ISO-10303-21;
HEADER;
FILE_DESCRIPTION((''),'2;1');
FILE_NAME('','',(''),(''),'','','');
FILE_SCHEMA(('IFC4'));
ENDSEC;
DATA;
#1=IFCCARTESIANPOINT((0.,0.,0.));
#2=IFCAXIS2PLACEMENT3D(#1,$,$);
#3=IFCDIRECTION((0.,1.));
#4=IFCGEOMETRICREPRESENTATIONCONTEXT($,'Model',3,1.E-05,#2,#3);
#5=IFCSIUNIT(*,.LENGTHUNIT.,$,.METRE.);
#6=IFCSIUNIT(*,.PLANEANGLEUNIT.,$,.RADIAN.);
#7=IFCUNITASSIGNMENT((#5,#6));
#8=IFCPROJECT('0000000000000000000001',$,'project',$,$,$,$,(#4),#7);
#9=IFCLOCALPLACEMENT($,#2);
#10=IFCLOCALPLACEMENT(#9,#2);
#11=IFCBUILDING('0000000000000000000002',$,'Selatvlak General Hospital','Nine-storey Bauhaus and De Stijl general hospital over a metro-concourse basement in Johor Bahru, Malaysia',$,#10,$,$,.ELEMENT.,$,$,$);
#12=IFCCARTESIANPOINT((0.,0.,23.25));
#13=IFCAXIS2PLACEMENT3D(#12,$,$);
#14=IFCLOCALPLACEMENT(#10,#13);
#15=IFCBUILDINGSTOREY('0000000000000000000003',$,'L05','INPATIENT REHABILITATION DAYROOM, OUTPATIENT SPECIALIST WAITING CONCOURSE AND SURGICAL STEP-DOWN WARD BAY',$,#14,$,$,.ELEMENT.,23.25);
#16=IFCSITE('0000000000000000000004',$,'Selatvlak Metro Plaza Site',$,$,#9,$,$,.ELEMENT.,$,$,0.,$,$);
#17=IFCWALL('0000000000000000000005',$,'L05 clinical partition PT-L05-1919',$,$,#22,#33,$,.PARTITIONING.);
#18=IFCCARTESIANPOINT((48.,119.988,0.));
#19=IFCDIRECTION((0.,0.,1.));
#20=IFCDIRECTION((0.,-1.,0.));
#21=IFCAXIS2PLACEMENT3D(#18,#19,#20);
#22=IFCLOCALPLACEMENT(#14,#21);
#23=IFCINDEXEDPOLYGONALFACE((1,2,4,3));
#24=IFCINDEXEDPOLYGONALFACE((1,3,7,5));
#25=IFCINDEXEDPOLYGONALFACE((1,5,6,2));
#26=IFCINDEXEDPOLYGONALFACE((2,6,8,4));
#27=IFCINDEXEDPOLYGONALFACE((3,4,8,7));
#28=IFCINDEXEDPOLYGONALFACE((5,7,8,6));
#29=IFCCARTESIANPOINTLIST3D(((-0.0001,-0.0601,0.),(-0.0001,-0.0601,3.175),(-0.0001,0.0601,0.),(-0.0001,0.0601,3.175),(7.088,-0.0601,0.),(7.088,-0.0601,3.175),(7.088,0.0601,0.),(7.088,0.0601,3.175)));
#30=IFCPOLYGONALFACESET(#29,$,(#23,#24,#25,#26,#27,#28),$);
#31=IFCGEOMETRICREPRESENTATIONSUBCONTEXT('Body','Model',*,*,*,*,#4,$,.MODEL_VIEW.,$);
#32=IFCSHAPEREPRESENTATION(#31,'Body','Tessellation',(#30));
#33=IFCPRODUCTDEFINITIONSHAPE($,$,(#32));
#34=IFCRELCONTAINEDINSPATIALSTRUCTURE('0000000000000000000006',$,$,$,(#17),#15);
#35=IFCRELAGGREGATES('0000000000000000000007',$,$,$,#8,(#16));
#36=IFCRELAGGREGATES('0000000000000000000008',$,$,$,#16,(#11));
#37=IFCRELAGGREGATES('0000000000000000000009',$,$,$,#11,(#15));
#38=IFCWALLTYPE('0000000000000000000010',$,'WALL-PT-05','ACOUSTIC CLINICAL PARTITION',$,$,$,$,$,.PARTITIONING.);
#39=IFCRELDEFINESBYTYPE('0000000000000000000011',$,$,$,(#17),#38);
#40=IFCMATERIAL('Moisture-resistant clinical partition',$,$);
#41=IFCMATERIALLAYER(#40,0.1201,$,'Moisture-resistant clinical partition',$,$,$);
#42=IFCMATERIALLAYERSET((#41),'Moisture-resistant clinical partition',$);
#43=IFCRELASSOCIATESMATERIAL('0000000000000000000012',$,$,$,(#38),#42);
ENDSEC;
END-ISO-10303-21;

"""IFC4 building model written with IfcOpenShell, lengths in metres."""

from ifc_helpers import new_model, si_unit, direction, frame, frame_2d, origin, place, context, subcontext, project, spatial, rectangle, extrude, material, layer, layer_set, type_object, element, save


model = new_model("IFC4")

# Units and contexts
model_context = context("Model", 3, precision=1e-05, world=origin(), true_north=direction((0.0, 1.0)))
body_context = subcontext(model_context, "Body", "Model", "MODEL_VIEW")
ifc_project = project(units=[si_unit("LENGTHUNIT", "METRE"), si_unit("PLANEANGLEUNIT", "RADIAN")], contexts=[model_context])

# Site, building, storey
site_placement = place(None, origin())
site = spatial("IfcSite", under=ifc_project, at=site_placement, Name="Selatvlak Metro Plaza Site", CompositionType="ELEMENT", RefElevation=0.0)
building_placement = place(site_placement, origin())
building = spatial("IfcBuilding", under=site, at=building_placement, Name="Selatvlak General Hospital", Description="Nine-storey Bauhaus and De Stijl general hospital over a metro-concourse basement in Johor Bahru, Malaysia", CompositionType="ELEMENT")
storey_placement = place(building_placement, frame((0.0, 0.0, 23.25)))
storey = spatial("IfcBuildingStorey", under=building, at=storey_placement, Name="L05", Description="INPATIENT REHABILITATION DAYROOM, OUTPATIENT SPECIALIST WAITING CONCOURSE AND SURGICAL STEP-DOWN WARD BAY", CompositionType="ELEMENT", Elevation=23.25)

# Wall
ifc_material_1 = material(Name="Moisture-resistant clinical partition")
ifc_layer_1 = layer(ifc_material_1, 0.1201, Name="Moisture-resistant clinical partition")
ifc_layer_set_1 = layer_set([ifc_layer_1], Name="Moisture-resistant clinical partition")
wall_type_1 = type_object("IfcWallType", Name="WALL-PT-05", Description="ACOUSTIC CLINICAL PARTITION", PredefinedType="PARTITIONING", material=ifc_layer_set_1)
wall_1_placement = place(storey_placement, frame((48.0, 119.988, 0.0), z_axis=(0.0, 0.0, 1.0), x_axis=(0.0, -1.0, 0.0)))
element("IfcWall", 1, at=wall_1_placement, inside=storey, type_object=wall_type_1, Name="L05 clinical partition PT-L05-1919", PredefinedType="PARTITIONING", context=body_context, shape_type="SweptSolid", body=[
    extrude(rectangle(XDim=7.0881, YDim=0.1201, at=frame_2d((3.5439, 0.0))), origin(), (0.0, 0.0, 1.0), 3.175),
])

save(model, "model.ifc")
